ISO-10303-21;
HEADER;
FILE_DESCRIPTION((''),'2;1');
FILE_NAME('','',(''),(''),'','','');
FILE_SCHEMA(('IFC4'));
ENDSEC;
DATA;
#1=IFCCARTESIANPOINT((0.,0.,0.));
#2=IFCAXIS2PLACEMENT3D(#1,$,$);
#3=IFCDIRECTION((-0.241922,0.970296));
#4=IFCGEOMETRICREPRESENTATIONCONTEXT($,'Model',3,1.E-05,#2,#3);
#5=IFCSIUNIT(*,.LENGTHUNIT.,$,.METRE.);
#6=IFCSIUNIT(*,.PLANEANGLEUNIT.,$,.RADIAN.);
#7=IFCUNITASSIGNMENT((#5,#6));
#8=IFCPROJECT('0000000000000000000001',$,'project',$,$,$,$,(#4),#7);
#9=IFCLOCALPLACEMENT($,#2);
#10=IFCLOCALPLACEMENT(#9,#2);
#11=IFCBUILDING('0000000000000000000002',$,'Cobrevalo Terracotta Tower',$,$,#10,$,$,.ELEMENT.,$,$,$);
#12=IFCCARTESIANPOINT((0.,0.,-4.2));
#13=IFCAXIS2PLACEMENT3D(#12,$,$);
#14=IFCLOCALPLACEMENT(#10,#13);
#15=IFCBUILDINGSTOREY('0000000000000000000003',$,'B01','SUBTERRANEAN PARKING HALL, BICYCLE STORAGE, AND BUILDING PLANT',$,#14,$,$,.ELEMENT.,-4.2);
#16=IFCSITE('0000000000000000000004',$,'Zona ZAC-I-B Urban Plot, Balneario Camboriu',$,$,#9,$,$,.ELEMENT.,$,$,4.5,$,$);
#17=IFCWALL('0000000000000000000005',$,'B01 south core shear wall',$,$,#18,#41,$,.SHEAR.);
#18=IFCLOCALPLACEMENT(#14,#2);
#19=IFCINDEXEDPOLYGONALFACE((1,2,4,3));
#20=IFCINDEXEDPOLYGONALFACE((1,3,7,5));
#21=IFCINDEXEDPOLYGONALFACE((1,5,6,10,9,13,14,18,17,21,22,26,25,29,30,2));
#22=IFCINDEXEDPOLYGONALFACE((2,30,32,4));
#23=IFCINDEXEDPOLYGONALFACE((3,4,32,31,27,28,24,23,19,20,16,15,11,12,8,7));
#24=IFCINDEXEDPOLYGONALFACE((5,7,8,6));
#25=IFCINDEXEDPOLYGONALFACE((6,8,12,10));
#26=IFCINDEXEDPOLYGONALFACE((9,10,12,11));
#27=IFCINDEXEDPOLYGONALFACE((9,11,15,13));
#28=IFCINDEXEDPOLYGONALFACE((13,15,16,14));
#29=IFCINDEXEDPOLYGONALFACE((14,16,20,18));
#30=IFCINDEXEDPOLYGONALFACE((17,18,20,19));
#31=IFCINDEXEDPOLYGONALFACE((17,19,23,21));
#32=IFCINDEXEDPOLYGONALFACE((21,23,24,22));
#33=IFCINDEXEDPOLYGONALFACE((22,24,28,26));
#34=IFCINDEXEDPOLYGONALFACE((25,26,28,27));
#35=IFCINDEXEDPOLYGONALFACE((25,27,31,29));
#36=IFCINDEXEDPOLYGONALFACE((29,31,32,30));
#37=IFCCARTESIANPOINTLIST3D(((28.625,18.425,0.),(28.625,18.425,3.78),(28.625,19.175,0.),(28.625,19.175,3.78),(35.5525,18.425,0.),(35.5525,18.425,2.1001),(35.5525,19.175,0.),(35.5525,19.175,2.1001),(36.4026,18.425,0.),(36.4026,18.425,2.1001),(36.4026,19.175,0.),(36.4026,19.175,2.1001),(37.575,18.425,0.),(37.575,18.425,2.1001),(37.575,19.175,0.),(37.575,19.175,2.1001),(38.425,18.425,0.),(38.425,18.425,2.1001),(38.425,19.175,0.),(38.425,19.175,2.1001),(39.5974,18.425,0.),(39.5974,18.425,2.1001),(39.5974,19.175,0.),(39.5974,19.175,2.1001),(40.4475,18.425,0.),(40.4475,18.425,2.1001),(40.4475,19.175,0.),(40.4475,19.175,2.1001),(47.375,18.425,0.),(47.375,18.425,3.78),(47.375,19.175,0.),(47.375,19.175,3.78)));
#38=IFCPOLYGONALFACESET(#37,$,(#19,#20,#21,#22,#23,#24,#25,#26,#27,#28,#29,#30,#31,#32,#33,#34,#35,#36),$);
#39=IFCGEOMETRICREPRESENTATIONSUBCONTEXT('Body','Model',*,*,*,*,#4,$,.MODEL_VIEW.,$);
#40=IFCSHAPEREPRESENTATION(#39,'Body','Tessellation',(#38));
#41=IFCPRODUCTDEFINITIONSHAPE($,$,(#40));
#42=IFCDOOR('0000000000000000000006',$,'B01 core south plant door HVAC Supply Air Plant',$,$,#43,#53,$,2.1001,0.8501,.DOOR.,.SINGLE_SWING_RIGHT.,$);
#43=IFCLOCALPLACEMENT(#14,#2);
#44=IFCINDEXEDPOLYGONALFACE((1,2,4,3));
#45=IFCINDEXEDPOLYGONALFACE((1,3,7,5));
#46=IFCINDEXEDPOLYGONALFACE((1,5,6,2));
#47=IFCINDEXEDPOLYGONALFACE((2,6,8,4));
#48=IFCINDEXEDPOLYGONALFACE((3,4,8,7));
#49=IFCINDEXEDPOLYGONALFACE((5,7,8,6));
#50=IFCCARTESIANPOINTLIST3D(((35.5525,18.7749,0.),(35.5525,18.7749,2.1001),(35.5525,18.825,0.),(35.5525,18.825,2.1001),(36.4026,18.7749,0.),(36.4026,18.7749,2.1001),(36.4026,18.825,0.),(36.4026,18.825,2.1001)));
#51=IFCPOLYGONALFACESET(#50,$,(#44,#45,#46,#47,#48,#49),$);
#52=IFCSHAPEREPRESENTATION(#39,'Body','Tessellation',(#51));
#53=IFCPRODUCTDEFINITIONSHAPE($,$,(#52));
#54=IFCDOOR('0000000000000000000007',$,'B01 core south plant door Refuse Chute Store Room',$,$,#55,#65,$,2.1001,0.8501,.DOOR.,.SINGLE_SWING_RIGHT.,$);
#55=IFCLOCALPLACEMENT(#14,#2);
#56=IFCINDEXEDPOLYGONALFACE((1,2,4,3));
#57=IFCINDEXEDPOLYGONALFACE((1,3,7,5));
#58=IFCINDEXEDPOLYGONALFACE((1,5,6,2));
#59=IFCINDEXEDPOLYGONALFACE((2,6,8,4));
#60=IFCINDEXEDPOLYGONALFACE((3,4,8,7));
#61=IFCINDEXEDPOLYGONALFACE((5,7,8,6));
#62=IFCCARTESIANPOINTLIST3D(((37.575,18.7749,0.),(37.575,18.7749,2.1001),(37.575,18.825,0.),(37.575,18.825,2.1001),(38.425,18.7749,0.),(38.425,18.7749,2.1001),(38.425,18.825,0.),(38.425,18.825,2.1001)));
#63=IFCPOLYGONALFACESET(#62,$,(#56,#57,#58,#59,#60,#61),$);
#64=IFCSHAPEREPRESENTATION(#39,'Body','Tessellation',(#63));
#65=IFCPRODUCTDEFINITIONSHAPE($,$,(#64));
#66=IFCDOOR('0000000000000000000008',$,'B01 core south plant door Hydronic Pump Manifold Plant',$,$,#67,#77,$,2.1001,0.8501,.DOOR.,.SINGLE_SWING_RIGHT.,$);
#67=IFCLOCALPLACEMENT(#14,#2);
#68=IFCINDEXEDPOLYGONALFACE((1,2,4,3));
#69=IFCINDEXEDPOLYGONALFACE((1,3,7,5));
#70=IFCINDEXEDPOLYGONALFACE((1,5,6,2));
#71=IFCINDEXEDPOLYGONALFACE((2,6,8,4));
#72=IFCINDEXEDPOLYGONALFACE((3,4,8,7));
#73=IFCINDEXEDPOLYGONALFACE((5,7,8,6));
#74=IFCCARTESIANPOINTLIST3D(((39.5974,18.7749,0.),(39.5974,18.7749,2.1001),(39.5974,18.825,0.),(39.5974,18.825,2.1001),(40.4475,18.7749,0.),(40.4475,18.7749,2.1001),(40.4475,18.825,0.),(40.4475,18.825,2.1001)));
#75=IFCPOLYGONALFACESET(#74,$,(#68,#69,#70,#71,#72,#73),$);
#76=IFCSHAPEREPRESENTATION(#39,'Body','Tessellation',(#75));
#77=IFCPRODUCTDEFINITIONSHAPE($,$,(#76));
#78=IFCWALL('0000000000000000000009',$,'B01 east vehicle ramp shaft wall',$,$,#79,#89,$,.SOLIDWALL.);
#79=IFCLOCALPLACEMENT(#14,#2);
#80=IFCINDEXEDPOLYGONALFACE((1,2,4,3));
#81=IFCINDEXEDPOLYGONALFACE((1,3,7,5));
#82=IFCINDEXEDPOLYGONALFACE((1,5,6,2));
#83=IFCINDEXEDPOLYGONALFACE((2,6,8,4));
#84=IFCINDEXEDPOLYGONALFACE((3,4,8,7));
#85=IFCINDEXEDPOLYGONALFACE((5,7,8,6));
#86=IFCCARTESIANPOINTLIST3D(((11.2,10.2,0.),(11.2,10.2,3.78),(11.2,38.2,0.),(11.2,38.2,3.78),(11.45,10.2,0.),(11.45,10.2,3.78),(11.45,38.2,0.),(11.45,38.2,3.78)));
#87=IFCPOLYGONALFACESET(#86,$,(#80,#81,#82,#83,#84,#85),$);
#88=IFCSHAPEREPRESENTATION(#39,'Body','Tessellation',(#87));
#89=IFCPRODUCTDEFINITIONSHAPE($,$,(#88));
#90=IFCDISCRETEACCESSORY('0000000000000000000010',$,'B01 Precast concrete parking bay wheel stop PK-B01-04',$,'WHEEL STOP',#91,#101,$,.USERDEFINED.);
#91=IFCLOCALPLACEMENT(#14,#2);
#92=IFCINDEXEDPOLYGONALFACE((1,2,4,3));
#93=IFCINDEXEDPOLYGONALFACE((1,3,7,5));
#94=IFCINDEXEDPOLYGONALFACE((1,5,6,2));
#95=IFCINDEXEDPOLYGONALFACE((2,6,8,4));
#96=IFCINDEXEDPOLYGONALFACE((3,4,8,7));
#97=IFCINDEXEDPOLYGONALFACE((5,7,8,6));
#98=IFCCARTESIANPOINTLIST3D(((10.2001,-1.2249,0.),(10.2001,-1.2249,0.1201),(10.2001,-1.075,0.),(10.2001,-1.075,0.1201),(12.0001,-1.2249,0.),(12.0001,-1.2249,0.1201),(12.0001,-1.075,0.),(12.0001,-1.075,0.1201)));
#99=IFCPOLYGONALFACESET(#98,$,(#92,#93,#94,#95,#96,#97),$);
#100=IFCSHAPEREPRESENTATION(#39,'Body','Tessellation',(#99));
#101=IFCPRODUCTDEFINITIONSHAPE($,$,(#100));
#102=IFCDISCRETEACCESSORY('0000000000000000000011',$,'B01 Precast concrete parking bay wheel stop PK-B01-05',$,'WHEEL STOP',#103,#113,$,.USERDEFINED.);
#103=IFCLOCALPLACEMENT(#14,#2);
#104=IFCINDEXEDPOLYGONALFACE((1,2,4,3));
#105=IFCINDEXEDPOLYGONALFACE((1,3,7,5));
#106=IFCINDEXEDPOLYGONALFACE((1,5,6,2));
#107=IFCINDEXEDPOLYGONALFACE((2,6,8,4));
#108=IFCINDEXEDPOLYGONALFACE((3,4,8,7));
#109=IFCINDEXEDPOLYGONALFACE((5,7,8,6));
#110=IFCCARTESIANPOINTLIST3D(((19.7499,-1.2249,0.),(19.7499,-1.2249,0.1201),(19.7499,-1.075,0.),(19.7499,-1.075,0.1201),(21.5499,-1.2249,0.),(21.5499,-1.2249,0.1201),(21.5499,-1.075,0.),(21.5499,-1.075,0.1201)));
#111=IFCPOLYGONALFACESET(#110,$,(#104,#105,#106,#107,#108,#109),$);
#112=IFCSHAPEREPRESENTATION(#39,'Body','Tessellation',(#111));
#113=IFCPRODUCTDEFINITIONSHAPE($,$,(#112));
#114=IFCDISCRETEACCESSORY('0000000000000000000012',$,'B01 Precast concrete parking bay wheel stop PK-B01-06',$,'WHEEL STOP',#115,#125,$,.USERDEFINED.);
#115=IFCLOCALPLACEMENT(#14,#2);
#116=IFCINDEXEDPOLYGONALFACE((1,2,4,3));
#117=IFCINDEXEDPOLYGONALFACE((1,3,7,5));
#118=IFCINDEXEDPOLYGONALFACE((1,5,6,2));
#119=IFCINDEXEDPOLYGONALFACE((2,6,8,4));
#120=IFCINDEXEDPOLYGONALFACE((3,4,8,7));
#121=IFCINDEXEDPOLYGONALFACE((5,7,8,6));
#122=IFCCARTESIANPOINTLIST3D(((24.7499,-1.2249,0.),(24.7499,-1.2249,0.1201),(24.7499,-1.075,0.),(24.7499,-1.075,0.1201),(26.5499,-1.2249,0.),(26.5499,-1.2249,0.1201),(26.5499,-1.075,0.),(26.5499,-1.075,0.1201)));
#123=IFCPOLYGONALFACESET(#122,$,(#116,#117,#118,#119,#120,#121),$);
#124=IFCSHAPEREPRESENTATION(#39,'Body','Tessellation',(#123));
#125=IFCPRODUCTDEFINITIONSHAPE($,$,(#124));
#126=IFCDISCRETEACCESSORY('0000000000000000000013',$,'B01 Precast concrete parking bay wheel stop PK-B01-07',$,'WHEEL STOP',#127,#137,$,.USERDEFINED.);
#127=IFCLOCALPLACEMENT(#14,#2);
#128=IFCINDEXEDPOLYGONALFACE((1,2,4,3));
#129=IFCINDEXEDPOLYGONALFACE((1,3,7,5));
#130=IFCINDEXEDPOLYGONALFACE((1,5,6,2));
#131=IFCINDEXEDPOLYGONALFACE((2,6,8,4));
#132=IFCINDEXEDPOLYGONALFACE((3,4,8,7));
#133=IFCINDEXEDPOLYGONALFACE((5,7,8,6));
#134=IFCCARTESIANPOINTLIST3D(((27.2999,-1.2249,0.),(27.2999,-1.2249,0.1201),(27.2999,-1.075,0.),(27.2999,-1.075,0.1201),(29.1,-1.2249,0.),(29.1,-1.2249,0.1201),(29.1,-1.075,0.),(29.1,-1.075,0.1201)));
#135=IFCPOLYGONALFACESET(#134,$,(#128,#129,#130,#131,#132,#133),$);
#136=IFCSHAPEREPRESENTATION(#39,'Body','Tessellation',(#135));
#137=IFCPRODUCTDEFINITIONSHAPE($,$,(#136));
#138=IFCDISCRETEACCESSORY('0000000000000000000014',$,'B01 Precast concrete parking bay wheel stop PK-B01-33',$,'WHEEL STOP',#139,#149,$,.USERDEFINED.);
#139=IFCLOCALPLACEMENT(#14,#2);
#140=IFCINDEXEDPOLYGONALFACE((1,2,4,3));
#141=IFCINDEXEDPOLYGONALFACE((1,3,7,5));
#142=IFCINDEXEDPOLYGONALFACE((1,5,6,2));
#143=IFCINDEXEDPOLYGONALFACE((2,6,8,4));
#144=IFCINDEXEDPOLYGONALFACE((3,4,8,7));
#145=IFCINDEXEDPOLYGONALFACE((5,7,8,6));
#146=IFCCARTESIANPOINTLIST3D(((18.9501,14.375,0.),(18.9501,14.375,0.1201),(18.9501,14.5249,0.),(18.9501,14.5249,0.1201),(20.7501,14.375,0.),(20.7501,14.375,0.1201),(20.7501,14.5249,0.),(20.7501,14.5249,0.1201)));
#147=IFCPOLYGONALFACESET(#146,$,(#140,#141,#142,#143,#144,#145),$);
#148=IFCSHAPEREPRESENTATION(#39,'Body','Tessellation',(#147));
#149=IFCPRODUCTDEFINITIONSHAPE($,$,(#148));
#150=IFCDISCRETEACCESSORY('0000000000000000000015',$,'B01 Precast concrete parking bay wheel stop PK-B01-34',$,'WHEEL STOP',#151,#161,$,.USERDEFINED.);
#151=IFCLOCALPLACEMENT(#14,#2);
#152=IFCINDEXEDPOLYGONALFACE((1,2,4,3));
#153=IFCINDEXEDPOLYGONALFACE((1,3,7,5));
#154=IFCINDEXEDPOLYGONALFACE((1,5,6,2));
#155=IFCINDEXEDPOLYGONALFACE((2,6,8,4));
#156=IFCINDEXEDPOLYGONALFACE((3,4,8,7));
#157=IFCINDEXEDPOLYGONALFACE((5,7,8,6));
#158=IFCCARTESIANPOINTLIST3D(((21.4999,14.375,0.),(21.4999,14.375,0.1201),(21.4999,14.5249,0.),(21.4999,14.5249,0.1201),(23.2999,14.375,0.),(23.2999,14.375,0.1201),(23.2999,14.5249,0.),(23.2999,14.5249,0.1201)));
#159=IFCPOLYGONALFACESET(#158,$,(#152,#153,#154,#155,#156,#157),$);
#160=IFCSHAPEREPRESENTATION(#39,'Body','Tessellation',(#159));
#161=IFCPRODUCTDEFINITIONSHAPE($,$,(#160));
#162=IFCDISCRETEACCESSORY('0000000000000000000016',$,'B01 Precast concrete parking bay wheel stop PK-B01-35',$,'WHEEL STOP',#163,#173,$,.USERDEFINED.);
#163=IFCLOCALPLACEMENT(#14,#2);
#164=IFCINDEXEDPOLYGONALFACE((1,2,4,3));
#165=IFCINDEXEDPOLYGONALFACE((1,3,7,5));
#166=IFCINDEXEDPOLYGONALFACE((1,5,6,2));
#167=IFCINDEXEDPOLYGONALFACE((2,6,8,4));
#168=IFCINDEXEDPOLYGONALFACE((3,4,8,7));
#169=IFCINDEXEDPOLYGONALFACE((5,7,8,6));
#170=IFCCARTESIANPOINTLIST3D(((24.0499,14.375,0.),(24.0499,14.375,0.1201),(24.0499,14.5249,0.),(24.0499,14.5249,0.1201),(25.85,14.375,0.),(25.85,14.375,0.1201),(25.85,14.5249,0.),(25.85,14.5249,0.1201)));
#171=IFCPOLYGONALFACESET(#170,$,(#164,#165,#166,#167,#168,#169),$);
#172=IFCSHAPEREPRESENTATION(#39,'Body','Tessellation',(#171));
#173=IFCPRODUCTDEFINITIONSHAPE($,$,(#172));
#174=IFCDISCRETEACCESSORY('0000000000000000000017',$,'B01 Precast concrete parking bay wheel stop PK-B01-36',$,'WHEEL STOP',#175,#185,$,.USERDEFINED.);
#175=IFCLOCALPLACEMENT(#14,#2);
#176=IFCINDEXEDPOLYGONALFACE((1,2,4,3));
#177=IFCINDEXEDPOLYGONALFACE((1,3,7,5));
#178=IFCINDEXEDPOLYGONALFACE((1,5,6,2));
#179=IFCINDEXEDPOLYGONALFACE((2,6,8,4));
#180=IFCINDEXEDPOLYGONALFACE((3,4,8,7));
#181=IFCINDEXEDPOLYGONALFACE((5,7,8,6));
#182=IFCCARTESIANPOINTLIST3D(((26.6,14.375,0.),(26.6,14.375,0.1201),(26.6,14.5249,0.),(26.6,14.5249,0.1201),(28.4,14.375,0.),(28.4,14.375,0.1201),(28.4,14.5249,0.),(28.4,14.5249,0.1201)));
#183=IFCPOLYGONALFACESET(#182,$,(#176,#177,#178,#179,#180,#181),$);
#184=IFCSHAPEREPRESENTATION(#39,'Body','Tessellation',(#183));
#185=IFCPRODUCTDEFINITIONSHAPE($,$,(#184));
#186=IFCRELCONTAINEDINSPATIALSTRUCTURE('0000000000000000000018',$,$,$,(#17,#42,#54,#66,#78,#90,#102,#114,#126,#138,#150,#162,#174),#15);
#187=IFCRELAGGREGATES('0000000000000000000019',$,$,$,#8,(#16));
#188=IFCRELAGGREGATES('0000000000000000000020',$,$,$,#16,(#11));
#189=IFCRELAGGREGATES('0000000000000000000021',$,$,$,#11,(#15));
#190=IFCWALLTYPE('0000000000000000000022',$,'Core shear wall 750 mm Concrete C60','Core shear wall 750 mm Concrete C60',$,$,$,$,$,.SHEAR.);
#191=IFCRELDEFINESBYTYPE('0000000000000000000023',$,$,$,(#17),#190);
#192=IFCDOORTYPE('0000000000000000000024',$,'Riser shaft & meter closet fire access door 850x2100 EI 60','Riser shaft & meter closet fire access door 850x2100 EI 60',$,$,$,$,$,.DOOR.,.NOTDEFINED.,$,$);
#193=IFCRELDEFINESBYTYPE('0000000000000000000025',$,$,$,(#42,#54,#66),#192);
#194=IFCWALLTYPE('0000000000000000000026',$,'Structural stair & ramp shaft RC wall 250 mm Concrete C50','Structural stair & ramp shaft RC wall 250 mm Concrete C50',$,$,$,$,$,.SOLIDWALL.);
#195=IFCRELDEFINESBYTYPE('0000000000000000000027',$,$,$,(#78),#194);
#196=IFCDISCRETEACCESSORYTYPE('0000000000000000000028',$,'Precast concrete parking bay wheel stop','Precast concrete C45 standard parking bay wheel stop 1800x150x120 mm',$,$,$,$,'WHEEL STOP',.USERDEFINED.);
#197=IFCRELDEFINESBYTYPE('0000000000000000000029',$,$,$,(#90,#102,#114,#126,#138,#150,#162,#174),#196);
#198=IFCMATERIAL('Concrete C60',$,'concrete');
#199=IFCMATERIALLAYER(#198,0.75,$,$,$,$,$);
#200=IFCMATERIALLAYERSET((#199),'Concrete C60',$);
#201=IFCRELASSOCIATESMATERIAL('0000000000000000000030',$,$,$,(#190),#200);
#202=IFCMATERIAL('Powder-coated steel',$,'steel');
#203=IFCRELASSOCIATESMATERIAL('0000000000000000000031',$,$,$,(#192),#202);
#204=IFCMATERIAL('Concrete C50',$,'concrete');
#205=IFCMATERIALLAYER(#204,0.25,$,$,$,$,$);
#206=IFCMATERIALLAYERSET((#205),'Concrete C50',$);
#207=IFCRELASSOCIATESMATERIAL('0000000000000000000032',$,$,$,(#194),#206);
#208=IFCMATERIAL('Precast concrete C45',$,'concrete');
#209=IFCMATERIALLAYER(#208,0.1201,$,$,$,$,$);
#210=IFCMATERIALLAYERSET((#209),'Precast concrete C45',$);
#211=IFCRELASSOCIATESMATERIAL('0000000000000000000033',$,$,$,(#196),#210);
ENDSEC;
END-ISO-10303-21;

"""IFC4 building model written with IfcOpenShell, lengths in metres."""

from ifc_helpers import new_model, si_unit, direction, frame, frame_2d, origin, origin_2d, place, context, subcontext, project, spatial, rectangle, extrude, source, transform, mapped, material, layer, layer_set, type_object, element, fill, save


model = new_model("IFC4")

# Units and contexts
model_context = context("Model", 3, precision=1e-05, world=origin(), true_north=direction((-0.241922, 0.970296)))
body_context = subcontext(model_context, "Body", "Model", "MODEL_VIEW")
ifc_project = project(units=[si_unit("LENGTHUNIT", "METRE"), si_unit("PLANEANGLEUNIT", "RADIAN")], contexts=[model_context])

# Site, building, storey
site_placement = place(None, origin())
site = spatial("IfcSite", under=ifc_project, at=site_placement, Name="Zona ZAC-I-B Urban Plot, Balneario Camboriu", CompositionType="ELEMENT", RefElevation=4.5)
building_placement = place(site_placement, origin())
building = spatial("IfcBuilding", under=site, at=building_placement, Name="Cobrevalo Terracotta Tower", CompositionType="ELEMENT")
storey_placement = place(building_placement, frame((0.0, 0.0, -4.2)))
storey = spatial("IfcBuildingStorey", under=building, at=storey_placement, Name="B01", Description="SUBTERRANEAN PARKING HALL, BICYCLE STORAGE, AND BUILDING PLANT", CompositionType="ELEMENT", Elevation=-4.2)

# Shared definitions
ifc_material_1 = material(Name="Concrete C60", Category="concrete")
ifc_material_2 = material(Name="Concrete C50", Category="concrete")

# Wall, openings, doors
ifc_layer_1 = layer(ifc_material_1, 0.75)
ifc_layer_set_1 = layer_set([ifc_layer_1], Name="Concrete C60")
wall_type_1 = type_object("IfcWallType", Name="Core shear wall 750 mm Concrete C60", Description="Core shear wall 750 mm Concrete C60", PredefinedType="SHEAR", material=ifc_layer_set_1)
wall_1_placement = place(storey_placement, frame((28.625, 18.8, 0.0), z_axis=(0.0, 0.0, 1.0), x_axis=(1.0, 0.0, 0.0)))
wall_1 = element("IfcWall", 1, at=wall_1_placement, inside=storey, type_object=wall_type_1, Name="B01 south core shear wall", PredefinedType="SHEAR", context=body_context, shape_type="SweptSolid", body=[
    extrude(rectangle(XDim=18.75, YDim=0.75, at=frame_2d((9.375, 0.0))), origin(), (0.0, 0.0, 1.0), 3.78),
])
opening_1_placement = place(wall_1_placement, frame((6.9275, 0.0, 0.0)))
opening_1 = element("IfcOpeningElement", 2, at=opening_1_placement, cuts=wall_1, PredefinedType="OPENING", context=body_context, shape_type="SweptSolid", body=[
    extrude(rectangle(XDim=0.8501, YDim=2.1001, at=frame_2d((0.425, 1.05))), frame((0.0, 0.385, 0.0), z_axis=(0.0, -1.0, 0.0), x_axis=(1.0, 0.0, 0.0)), (0.0, 0.0, 1.0), 0.77),
])
opening_2_placement = place(wall_1_placement, frame((8.95, 0.0, 0.0)))
opening_2 = element("IfcOpeningElement", 3, at=opening_2_placement, cuts=wall_1, PredefinedType="OPENING", context=body_context, shape_type="SweptSolid", body=[
    extrude(rectangle(XDim=0.8501, YDim=2.1001, at=frame_2d((0.425, 1.05))), frame((0.0, 0.385, 0.0), z_axis=(0.0, -1.0, 0.0), x_axis=(1.0, 0.0, 0.0)), (0.0, 0.0, 1.0), 0.77),
])
opening_3_placement = place(wall_1_placement, frame((10.9724, 0.0, 0.0)))
opening_3 = element("IfcOpeningElement", 4, at=opening_3_placement, cuts=wall_1, PredefinedType="OPENING", context=body_context, shape_type="SweptSolid", body=[
    extrude(rectangle(XDim=0.8501, YDim=2.1001, at=frame_2d((0.425, 1.05))), frame((0.0, 0.385, 0.0), z_axis=(0.0, -1.0, 0.0), x_axis=(1.0, 0.0, 0.0)), (0.0, 0.0, 1.0), 0.77),
])
ifc_material_3 = material(Name="Powder-coated steel", Category="steel")
door_type = type_object("IfcDoorType", Name="Riser shaft & meter closet fire access door 850x2100 EI 60", Description="Riser shaft & meter closet fire access door 850x2100 EI 60", OperationType="NOTDEFINED", PredefinedType="DOOR", material=ifc_material_3)
shared_shape_1 = source(origin(), body_context, "Body", "SweptSolid", [
    extrude(rectangle(XDim=0.8501, YDim=2.1001, at=frame_2d((0.425, 1.05))), frame((0.0, 0.0249, 0.0), z_axis=(0.0, -1.0, 0.0), x_axis=(1.0, 0.0, 0.0)), (0.0, 0.0, 1.0), 0.05),
])
door_1_placement = place(opening_1_placement, origin())
door_1 = element("IfcDoor", 5, at=door_1_placement, inside=storey, type_object=door_type, Name="B01 core south plant door HVAC Supply Air Plant", OperationType="SINGLE_SWING_RIGHT", OverallHeight=2.1001, OverallWidth=0.8501, PredefinedType="DOOR", context=body_context, shape_type="MappedRepresentation", body=[
    mapped(shared_shape_1, transform((0.0, 0.0, 0.0), scale=1.0)),
])
fill(opening_1, door_1)
door_2_placement = place(opening_2_placement, origin())
door_2 = element("IfcDoor", 6, at=door_2_placement, inside=storey, type_object=door_type, Name="B01 core south plant door Refuse Chute Store Room", OperationType="SINGLE_SWING_RIGHT", OverallHeight=2.1001, OverallWidth=0.8501, PredefinedType="DOOR", context=body_context, shape_type="MappedRepresentation", body=[
    mapped(shared_shape_1, transform((0.0, 0.0, 0.0), scale=1.0)),
])
fill(opening_2, door_2)
door_3_placement = place(opening_3_placement, origin())
door_3 = element("IfcDoor", 7, at=door_3_placement, inside=storey, type_object=door_type, Name="B01 core south plant door Hydronic Pump Manifold Plant", OperationType="SINGLE_SWING_RIGHT", OverallHeight=2.1001, OverallWidth=0.8501, PredefinedType="DOOR", context=body_context, shape_type="MappedRepresentation", body=[
    mapped(shared_shape_1, transform((0.0, 0.0, 0.0), scale=1.0)),
])
fill(opening_3, door_3)

# Wall
ifc_layer_2 = layer(ifc_material_2, 0.25)
ifc_layer_set_2 = layer_set([ifc_layer_2], Name="Concrete C50")
wall_type_2 = type_object("IfcWallType", Name="Structural stair & ramp shaft RC wall 250 mm Concrete C50", Description="Structural stair & ramp shaft RC wall 250 mm Concrete C50", PredefinedType="SOLIDWALL", material=ifc_layer_set_2)
wall_2_placement = place(storey_placement, frame((11.325, 10.2, 0.0), z_axis=(0.0, 0.0, 1.0), x_axis=(0.0, 1.0, 0.0)))
element("IfcWall", 8, at=wall_2_placement, inside=storey, type_object=wall_type_2, Name="B01 east vehicle ramp shaft wall", PredefinedType="SOLIDWALL", context=body_context, shape_type="SweptSolid", body=[
    extrude(rectangle(XDim=28.0, YDim=0.25, at=frame_2d((14.0, 0.0))), origin(), (0.0, 0.0, 1.0), 3.78),
])

# Discrete accessories
ifc_material_4 = material(Name="Precast concrete C45", Category="concrete")
ifc_layer_3 = layer(ifc_material_4, 0.1201)
ifc_layer_set_3 = layer_set([ifc_layer_3], Name="Precast concrete C45")
discrete_accessory_type = type_object("IfcDiscreteAccessoryType", Name="Precast concrete parking bay wheel stop", Description="Precast concrete C45 standard parking bay wheel stop 1800x150x120 mm", ElementType="WHEEL STOP", PredefinedType="USERDEFINED", material=ifc_layer_set_3)
shared_shape_2 = source(origin(), body_context, "Body", "SweptSolid", [
    extrude(rectangle(XDim=1.8, YDim=0.1499, at=origin_2d()), origin(), (0.0, 0.0, 1.0), 0.1201),
])
for number, where, z_axis, x_axis, name in (
    (9, (11.1001, -1.1499, 0.0), (0.0, 0.0, 1.0), (1.0, 0.0, 0.0), "B01 Precast concrete parking bay wheel stop PK-B01-04"),
    (10, (20.6499, -1.1499, 0.0), (0.0, 0.0, 1.0), (1.0, 0.0, 0.0), "B01 Precast concrete parking bay wheel stop PK-B01-05"),
    (11, (25.6499, -1.1499, 0.0), (0.0, 0.0, 1.0), (1.0, 0.0, 0.0), "B01 Precast concrete parking bay wheel stop PK-B01-06"),
    (12, (28.2, -1.1499, 0.0), (0.0, 0.0, 1.0), (1.0, 0.0, 0.0), "B01 Precast concrete parking bay wheel stop PK-B01-07"),
    (13, (19.8501, 14.45, 0.0), (0.0, 0.0, 1.0), (1.0, 0.0, 0.0), "B01 Precast concrete parking bay wheel stop PK-B01-33"),
    (14, (22.3999, 14.45, 0.0), (0.0, 0.0, 1.0), (1.0, 0.0, 0.0), "B01 Precast concrete parking bay wheel stop PK-B01-34"),
    (15, (24.95, 14.45, 0.0), (0.0, 0.0, 1.0), (1.0, 0.0, 0.0), "B01 Precast concrete parking bay wheel stop PK-B01-35"),
    (16, (27.5, 14.45, 0.0), (0.0, 0.0, 1.0), (1.0, 0.0, 0.0), "B01 Precast concrete parking bay wheel stop PK-B01-36"),
):
    element("IfcDiscreteAccessory", number, at=place(storey_placement, frame(where, z_axis=z_axis, x_axis=x_axis)), inside=storey, type_object=discrete_accessory_type, Name=name, ObjectType="WHEEL STOP", PredefinedType="USERDEFINED", context=body_context, shape_type="MappedRepresentation", body=[
        mapped(shared_shape_2, transform((0.0, 0.0, 0.0), scale=1.0)),
    ])

save(model, "model.ifc")
